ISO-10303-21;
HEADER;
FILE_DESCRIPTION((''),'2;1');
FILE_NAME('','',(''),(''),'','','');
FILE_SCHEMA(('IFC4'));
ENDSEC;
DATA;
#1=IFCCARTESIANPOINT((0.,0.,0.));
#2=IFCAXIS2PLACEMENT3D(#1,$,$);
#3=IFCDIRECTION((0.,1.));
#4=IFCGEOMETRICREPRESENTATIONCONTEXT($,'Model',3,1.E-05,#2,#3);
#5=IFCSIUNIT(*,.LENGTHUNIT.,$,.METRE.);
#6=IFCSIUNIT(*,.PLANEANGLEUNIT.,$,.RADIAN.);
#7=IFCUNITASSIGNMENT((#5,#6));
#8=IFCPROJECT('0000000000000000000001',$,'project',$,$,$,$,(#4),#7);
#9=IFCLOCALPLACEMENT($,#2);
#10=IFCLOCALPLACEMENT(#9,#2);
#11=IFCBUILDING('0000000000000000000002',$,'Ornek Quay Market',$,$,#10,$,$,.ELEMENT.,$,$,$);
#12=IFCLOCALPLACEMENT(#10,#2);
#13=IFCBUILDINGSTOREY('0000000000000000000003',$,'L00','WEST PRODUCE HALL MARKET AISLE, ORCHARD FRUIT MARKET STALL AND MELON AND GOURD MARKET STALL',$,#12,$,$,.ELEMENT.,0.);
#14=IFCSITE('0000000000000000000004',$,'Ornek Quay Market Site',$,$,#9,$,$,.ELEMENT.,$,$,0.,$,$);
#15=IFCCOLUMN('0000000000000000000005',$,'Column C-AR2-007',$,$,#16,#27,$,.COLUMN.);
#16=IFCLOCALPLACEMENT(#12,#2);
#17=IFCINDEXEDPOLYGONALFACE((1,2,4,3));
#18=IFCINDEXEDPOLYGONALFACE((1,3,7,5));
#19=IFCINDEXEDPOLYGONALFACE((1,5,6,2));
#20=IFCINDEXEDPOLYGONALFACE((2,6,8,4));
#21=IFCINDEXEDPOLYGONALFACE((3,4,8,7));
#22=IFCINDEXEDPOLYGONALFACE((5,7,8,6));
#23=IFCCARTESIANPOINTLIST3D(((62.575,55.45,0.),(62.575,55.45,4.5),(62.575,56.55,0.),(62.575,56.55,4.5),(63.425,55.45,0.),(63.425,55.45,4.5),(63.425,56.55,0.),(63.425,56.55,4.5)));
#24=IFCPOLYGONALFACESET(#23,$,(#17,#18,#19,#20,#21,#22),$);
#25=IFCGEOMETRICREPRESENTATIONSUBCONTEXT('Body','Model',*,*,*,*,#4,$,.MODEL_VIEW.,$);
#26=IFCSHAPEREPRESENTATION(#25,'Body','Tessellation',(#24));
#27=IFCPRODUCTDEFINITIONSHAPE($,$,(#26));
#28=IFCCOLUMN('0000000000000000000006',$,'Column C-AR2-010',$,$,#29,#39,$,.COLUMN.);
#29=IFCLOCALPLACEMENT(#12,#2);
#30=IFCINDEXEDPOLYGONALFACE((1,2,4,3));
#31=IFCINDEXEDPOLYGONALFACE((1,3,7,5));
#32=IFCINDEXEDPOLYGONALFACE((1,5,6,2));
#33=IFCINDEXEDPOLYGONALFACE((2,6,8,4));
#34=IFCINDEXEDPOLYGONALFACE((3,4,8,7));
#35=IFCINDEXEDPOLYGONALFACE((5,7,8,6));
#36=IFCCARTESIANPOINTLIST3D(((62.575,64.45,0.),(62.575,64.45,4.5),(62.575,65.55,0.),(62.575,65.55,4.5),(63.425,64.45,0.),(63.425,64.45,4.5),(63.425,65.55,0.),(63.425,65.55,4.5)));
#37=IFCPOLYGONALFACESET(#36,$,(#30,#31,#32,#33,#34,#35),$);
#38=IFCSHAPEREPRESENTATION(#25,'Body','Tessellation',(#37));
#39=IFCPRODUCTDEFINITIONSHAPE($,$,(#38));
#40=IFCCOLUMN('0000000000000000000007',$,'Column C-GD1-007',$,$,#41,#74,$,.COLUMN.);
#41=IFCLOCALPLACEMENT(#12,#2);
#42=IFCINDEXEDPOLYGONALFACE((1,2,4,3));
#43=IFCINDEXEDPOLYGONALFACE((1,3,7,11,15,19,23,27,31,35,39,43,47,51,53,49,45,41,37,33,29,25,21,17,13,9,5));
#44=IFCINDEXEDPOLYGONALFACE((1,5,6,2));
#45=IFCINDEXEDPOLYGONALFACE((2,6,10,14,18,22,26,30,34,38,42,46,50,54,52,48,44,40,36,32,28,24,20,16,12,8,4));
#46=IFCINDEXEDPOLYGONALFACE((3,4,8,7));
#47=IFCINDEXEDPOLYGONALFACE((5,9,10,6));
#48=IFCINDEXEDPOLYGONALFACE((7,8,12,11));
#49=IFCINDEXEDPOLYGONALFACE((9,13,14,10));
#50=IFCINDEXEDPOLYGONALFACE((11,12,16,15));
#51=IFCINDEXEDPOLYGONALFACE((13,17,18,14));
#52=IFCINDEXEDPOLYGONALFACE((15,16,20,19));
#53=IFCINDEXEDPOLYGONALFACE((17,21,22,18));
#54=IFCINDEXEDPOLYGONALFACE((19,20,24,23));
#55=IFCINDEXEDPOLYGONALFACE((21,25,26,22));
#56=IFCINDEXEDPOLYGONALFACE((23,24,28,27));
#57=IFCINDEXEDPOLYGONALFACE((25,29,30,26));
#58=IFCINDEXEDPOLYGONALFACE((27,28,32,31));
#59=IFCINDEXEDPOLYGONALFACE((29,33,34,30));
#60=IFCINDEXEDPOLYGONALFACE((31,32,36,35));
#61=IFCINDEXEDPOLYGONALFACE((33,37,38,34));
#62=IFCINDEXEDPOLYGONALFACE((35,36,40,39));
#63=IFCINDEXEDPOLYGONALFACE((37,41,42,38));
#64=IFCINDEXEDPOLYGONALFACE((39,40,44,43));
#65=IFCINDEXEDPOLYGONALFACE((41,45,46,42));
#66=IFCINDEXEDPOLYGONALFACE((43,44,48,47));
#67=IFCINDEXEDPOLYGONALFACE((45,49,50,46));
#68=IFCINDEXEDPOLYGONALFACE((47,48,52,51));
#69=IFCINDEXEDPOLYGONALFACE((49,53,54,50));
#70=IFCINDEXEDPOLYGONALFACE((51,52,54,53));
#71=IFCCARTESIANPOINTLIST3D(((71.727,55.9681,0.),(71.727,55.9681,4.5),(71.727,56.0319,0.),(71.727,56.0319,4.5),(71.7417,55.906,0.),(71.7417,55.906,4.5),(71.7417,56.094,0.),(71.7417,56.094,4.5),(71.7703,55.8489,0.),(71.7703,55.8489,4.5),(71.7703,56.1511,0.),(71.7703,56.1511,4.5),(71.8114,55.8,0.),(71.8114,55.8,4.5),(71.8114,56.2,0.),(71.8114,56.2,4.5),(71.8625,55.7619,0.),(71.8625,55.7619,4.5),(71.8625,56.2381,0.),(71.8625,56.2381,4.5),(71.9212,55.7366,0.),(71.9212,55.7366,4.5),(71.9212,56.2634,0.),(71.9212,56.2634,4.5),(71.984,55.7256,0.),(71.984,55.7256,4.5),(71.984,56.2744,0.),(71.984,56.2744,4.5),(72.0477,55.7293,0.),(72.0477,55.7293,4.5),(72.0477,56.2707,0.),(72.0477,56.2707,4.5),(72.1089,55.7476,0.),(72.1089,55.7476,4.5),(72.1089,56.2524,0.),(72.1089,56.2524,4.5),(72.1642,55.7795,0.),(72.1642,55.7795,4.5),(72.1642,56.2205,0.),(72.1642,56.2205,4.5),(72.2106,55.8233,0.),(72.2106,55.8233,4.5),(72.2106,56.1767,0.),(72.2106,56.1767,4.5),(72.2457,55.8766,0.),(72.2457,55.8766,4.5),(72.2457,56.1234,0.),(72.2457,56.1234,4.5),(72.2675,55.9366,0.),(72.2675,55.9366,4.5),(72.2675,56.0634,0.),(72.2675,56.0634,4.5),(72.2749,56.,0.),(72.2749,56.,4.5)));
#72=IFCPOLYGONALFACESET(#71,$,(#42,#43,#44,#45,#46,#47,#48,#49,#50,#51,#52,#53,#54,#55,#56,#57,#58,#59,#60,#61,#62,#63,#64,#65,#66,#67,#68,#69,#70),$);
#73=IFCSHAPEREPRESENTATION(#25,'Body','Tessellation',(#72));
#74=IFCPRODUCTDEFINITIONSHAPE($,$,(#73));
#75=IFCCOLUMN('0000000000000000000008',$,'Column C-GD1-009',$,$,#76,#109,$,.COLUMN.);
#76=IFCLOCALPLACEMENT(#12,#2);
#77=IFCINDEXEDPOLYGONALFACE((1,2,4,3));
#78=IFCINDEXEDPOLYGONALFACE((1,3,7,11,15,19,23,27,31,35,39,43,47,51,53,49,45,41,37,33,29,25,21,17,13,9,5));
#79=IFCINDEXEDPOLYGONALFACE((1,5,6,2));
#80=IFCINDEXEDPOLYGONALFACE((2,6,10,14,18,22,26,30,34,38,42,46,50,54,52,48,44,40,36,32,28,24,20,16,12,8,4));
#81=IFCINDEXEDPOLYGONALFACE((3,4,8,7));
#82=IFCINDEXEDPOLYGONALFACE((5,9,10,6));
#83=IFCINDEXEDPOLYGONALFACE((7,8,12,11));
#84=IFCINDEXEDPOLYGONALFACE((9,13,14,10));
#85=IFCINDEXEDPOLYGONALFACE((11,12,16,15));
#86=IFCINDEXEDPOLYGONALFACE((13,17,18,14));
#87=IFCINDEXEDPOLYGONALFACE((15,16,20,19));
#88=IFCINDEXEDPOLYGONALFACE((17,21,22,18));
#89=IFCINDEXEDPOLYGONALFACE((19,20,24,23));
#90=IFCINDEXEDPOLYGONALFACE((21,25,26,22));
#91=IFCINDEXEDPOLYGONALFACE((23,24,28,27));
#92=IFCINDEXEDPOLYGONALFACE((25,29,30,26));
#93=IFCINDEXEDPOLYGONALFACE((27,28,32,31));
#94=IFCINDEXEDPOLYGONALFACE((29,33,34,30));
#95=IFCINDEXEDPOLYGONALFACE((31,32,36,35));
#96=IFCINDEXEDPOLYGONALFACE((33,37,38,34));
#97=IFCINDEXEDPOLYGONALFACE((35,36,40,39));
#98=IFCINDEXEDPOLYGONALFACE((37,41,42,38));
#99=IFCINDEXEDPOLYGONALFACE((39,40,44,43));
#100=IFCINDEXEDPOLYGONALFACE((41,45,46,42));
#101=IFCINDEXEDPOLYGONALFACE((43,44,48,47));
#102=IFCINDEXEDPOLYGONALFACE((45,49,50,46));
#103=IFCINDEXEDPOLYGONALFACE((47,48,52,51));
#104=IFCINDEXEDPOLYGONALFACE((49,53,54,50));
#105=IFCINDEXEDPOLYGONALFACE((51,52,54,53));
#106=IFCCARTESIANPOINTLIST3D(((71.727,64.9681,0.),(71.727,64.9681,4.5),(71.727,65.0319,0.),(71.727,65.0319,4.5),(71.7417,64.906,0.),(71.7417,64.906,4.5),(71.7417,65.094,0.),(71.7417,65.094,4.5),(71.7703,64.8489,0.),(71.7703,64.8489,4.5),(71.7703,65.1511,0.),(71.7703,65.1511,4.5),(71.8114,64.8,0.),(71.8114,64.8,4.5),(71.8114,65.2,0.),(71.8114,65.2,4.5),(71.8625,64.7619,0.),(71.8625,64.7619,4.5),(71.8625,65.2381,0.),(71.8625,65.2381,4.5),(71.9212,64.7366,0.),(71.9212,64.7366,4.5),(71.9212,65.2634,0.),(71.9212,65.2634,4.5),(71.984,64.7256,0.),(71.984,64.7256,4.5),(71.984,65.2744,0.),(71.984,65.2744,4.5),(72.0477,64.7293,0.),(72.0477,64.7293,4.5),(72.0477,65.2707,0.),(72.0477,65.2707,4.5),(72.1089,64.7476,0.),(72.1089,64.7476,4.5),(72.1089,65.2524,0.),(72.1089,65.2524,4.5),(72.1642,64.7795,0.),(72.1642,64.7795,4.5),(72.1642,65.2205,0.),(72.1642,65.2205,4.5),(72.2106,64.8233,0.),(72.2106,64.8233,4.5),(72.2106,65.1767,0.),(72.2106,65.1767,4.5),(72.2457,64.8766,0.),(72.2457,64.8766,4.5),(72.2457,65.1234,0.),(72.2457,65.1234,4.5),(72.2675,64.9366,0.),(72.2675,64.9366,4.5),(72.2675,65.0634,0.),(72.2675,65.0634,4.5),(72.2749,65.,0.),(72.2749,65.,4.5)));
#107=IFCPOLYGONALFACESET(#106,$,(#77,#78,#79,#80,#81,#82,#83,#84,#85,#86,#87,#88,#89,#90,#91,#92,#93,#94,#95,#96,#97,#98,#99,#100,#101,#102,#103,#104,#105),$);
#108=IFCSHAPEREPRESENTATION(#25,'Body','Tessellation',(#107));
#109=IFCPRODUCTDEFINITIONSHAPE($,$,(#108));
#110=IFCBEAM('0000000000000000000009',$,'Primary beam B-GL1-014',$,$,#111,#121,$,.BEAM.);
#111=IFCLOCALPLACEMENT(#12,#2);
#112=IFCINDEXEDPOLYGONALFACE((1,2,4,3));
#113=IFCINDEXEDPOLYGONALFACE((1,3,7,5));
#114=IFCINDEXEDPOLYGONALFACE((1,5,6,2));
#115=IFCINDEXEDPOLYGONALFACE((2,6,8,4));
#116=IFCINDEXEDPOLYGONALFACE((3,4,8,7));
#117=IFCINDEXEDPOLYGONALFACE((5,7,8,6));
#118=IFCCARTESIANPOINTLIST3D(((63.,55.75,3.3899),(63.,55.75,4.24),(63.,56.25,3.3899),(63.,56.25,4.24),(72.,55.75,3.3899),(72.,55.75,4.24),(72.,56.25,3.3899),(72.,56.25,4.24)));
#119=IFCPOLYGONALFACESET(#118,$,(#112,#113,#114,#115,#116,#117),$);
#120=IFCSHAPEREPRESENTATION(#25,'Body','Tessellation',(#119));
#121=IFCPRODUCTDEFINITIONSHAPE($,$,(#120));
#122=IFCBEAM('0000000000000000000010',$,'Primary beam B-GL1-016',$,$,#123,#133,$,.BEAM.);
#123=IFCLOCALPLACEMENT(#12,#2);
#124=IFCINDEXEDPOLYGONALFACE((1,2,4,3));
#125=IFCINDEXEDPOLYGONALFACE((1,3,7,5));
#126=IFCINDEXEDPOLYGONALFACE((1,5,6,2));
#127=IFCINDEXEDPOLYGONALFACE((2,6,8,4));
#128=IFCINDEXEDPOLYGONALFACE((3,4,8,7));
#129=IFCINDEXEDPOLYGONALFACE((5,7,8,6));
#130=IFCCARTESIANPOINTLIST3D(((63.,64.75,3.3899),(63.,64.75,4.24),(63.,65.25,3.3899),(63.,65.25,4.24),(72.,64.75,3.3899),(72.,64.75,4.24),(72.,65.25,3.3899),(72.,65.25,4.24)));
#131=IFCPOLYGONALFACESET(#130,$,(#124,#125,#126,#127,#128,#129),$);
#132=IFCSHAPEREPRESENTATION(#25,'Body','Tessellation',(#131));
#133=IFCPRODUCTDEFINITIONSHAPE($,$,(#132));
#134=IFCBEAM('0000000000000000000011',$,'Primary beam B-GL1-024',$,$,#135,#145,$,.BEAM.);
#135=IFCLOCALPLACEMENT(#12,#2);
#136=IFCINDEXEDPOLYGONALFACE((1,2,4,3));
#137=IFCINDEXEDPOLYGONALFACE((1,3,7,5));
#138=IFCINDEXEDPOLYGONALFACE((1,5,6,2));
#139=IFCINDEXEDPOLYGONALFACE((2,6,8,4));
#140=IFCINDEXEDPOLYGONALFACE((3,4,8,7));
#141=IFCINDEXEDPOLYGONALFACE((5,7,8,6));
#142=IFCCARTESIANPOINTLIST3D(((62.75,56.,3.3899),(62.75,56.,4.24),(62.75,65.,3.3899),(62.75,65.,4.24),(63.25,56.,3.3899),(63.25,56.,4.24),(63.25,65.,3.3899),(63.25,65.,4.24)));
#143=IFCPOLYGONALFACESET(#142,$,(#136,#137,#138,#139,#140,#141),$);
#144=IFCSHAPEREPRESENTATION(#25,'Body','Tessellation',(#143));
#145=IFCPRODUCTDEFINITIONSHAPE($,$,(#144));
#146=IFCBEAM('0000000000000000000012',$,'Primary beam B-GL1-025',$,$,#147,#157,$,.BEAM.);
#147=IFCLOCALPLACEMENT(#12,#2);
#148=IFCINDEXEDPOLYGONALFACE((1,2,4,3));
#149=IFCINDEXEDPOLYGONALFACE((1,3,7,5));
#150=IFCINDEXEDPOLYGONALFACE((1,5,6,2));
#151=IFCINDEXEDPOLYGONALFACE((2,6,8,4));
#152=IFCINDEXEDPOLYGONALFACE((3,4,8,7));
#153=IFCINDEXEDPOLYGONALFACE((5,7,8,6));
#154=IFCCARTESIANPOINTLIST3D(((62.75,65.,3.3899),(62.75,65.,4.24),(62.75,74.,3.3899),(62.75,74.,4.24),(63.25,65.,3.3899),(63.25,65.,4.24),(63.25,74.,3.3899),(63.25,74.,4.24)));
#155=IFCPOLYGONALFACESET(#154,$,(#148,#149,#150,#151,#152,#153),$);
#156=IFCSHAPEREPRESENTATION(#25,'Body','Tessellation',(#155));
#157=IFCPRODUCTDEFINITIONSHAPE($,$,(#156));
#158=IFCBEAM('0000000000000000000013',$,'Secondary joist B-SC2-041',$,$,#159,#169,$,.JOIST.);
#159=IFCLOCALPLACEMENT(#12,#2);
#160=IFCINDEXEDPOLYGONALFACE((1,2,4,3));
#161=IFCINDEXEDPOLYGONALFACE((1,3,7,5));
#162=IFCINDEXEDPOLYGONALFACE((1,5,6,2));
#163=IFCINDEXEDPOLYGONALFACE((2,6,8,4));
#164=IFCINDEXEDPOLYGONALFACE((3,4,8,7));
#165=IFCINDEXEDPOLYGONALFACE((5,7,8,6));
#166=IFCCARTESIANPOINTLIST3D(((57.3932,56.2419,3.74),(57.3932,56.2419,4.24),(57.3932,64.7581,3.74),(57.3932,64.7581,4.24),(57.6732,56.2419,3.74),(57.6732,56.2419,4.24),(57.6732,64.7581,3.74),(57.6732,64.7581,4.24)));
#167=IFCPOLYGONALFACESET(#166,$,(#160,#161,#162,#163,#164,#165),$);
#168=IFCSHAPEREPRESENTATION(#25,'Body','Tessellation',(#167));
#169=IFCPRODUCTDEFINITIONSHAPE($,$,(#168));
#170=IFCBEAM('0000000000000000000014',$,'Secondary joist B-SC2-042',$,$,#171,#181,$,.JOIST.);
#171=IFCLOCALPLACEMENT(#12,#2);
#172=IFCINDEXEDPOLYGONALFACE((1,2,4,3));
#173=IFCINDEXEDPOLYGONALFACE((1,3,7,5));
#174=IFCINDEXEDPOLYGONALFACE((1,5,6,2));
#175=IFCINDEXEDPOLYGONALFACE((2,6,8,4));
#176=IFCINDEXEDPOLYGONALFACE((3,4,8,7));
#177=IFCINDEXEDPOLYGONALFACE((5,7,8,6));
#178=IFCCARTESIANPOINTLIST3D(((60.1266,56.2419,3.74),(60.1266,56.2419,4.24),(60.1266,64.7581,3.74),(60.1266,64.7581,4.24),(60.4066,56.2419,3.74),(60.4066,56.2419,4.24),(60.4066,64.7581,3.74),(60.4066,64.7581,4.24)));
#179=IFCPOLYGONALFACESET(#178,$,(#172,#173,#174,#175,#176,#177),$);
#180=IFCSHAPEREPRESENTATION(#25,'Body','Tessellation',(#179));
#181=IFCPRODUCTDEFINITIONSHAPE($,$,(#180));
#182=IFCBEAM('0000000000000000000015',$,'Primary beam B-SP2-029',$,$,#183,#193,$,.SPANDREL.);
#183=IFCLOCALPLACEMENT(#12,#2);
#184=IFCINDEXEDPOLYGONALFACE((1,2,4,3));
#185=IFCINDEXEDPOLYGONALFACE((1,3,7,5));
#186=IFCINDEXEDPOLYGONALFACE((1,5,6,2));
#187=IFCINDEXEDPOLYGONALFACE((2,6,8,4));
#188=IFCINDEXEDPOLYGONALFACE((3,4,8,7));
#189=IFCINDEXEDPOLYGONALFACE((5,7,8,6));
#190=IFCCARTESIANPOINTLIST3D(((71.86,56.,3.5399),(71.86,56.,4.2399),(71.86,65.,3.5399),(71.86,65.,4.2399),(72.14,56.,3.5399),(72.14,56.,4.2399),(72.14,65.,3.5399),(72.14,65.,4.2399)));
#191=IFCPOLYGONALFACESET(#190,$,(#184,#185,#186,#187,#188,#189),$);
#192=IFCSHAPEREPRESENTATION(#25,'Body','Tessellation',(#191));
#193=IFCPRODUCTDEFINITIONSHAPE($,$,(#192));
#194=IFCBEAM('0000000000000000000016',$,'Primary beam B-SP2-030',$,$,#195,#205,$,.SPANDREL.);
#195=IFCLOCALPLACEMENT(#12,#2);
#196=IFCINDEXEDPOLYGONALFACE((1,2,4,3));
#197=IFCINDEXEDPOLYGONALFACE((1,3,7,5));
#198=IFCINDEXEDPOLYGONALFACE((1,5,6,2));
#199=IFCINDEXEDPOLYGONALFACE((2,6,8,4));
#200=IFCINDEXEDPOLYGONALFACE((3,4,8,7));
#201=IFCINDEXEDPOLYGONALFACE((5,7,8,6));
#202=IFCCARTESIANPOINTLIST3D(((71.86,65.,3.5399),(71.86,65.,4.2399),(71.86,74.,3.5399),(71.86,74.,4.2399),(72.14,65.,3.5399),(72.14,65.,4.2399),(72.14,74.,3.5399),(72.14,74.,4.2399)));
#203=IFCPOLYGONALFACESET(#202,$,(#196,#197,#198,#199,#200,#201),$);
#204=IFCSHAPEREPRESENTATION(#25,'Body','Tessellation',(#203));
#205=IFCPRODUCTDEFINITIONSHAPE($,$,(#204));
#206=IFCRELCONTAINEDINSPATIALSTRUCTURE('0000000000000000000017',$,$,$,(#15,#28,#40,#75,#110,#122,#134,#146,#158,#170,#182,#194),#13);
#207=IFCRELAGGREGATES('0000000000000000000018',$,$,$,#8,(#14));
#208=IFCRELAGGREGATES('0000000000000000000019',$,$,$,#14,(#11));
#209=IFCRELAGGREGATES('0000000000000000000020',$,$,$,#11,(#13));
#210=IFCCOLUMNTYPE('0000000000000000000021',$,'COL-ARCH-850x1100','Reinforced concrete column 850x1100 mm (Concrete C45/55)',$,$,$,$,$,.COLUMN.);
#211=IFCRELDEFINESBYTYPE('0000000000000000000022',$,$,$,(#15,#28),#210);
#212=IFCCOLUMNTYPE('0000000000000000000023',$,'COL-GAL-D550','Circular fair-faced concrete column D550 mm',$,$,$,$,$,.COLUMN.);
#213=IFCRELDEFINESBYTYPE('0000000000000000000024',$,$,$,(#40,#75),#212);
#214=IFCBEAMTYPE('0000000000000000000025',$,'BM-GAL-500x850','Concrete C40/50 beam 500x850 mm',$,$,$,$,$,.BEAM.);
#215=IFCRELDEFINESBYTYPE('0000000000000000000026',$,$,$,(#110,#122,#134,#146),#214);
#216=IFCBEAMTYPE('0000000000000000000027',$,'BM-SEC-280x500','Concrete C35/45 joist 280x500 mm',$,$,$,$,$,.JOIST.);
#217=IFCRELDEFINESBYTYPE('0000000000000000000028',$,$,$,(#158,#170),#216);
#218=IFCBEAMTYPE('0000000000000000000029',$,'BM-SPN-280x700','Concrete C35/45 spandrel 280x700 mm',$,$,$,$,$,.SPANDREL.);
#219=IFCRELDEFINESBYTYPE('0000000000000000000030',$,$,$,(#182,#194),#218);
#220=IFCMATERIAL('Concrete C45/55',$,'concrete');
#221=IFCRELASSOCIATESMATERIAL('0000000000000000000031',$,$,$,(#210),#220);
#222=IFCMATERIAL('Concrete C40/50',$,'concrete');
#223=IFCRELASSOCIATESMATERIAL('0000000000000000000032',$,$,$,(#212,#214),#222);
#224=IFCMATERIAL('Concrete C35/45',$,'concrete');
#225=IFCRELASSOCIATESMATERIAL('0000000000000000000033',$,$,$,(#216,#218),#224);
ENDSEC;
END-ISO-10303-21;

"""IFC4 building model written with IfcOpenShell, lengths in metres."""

from ifc_helpers import new_model, si_unit, direction, frame, origin, origin_2d, place, context, subcontext, project, spatial, rectangle, circle, extrude, material, material_profile, profile_set, type_object, element, save


model = new_model("IFC4")

# Units and contexts
model_context = context("Model", 3, precision=1e-05, world=origin(), true_north=direction((0.0, 1.0)))
body_context = subcontext(model_context, "Body", "Model", "MODEL_VIEW")
ifc_project = project(units=[si_unit("LENGTHUNIT", "METRE"), si_unit("PLANEANGLEUNIT", "RADIAN")], contexts=[model_context])

# Site, building, storey
site_placement = place(None, origin())
site = spatial("IfcSite", under=ifc_project, at=site_placement, Name="Ornek Quay Market Site", CompositionType="ELEMENT", RefElevation=0.0)
building_placement = place(site_placement, origin())
building = spatial("IfcBuilding", under=site, at=building_placement, Name="Ornek Quay Market", CompositionType="ELEMENT")
storey_placement = place(building_placement, origin())
storey = spatial("IfcBuildingStorey", under=building, at=storey_placement, Name="L00", Description="WEST PRODUCE HALL MARKET AISLE, ORCHARD FRUIT MARKET STALL AND MELON AND GOURD MARKET STALL", CompositionType="ELEMENT", Elevation=0.0)

# Columns
ifc_material_1 = material(Name="Concrete C45/55", Category="concrete")
ifc_material_profile_1 = material_profile(ifc_material_1, rectangle(XDim=0.8501, YDim=1.1001, at=origin_2d()), Name="RC 850x1100", Category="concrete")
ifc_profile_set_1 = profile_set([ifc_material_profile_1], Name="Concrete C45/55")
column_type_1 = type_object("IfcColumnType", Name="COL-ARCH-850x1100", Description="Reinforced concrete column 850x1100 mm (Concrete C45/55)", PredefinedType="COLUMN", material=ifc_profile_set_1)
for number, where, z_axis, x_axis, name in (
    (1, (63.0, 56.0, 0.0), (0.0, 0.0, 1.0), (1.0, 0.0, 0.0), "Column C-AR2-007"),
    (2, (63.0, 65.0, 0.0), (0.0, 0.0, 1.0), (1.0, 0.0, 0.0), "Column C-AR2-010"),
):
    element("IfcColumn", number, at=place(storey_placement, frame(where, z_axis=z_axis, x_axis=x_axis)), inside=storey, type_object=column_type_1, Name=name, PredefinedType="COLUMN", context=body_context, shape_type="SweptSolid", body=[
        extrude(rectangle(XDim=0.8501, YDim=1.1001, at=origin_2d()), origin(), (0.0, 0.0, 1.0), 4.5),
    ])
ifc_material_2 = material(Name="Concrete C40/50", Category="concrete")
ifc_material_profile_2 = material_profile(ifc_material_2, circle(Radius=0.2749, at=origin_2d()), Name="RC D550", Category="concrete")
ifc_profile_set_2 = profile_set([ifc_material_profile_2], Name="Concrete C40/50")
column_type_2 = type_object("IfcColumnType", Name="COL-GAL-D550", Description="Circular fair-faced concrete column D550 mm", PredefinedType="COLUMN", material=ifc_profile_set_2)
for number, where, z_axis, x_axis, name in (
    (3, (72.0, 56.0, 0.0), (0.0, 0.0, 1.0), (1.0, 0.0, 0.0), "Column C-GD1-007"),
    (4, (72.0, 65.0, 0.0), (0.0, 0.0, 1.0), (1.0, 0.0, 0.0), "Column C-GD1-009"),
):
    element("IfcColumn", number, at=place(storey_placement, frame(where, z_axis=z_axis, x_axis=x_axis)), inside=storey, type_object=column_type_2, Name=name, PredefinedType="COLUMN", context=body_context, shape_type="SweptSolid", body=[
        extrude(circle(Radius=0.2749, at=origin_2d()), origin(), (0.0, 0.0, 1.0), 4.5),
    ])

# Beams
ifc_material_profile_3 = material_profile(ifc_material_2, rectangle(XDim=0.5, YDim=0.8501, at=origin_2d()), Name="RC 500x850", Category="concrete")
ifc_profile_set_3 = profile_set([ifc_material_profile_3], Name="Concrete C40/50")
beam_type_1 = type_object("IfcBeamType", Name="BM-GAL-500x850", Description="Concrete C40/50 beam 500x850 mm", PredefinedType="BEAM", material=ifc_profile_set_3)
for number, where, z_axis, x_axis, name in (
    (5, (63.0, 56.0, 3.8149), (1.0, 0.0, 0.0), (0.0, 1.0, 0.0), "Primary beam B-GL1-014"),
    (6, (63.0, 65.0, 3.8149), (1.0, 0.0, 0.0), (0.0, 1.0, 0.0), "Primary beam B-GL1-016"),
    (7, (63.0, 56.0, 3.8149), (0.0, 1.0, 0.0), (-1.0, 0.0, 0.0), "Primary beam B-GL1-024"),
    (8, (63.0, 65.0, 3.8149), (0.0, 1.0, 0.0), (-1.0, 0.0, 0.0), "Primary beam B-GL1-025"),
):
    element("IfcBeam", number, at=place(storey_placement, frame(where, z_axis=z_axis, x_axis=x_axis)), inside=storey, type_object=beam_type_1, Name=name, PredefinedType="BEAM", context=body_context, shape_type="SweptSolid", body=[
        extrude(rectangle(XDim=0.5, YDim=0.8501, at=origin_2d()), origin(), (0.0, 0.0, 1.0), 9.0),
    ])
ifc_material_3 = material(Name="Concrete C35/45", Category="concrete")
ifc_material_profile_4 = material_profile(ifc_material_3, rectangle(XDim=0.28, YDim=0.5, at=origin_2d()), Name="RC 280x500", Category="concrete")
ifc_profile_set_4 = profile_set([ifc_material_profile_4], Name="Concrete C35/45")
beam_type_2 = type_object("IfcBeamType", Name="BM-SEC-280x500", Description="Concrete C35/45 joist 280x500 mm", PredefinedType="JOIST", material=ifc_profile_set_4)
for number, where, z_axis, x_axis, name in (
    (9, (57.5332, 56.2419, 3.99), (0.0, 1.0, 0.0), (-1.0, 0.0, 0.0), "Secondary joist B-SC2-041"),
    (10, (60.2666, 56.2419, 3.99), (0.0, 1.0, 0.0), (-1.0, 0.0, 0.0), "Secondary joist B-SC2-042"),
):
    element("IfcBeam", number, at=place(storey_placement, frame(where, z_axis=z_axis, x_axis=x_axis)), inside=storey, type_object=beam_type_2, Name=name, PredefinedType="JOIST", context=body_context, shape_type="SweptSolid", body=[
        extrude(rectangle(XDim=0.28, YDim=0.5, at=origin_2d()), origin(), (0.0, 0.0, 1.0), 8.5161),
    ])
ifc_material_profile_5 = material_profile(ifc_material_3, rectangle(XDim=0.28, YDim=0.7, at=origin_2d()), Name="RC 280x700", Category="concrete")
ifc_profile_set_5 = profile_set([ifc_material_profile_5], Name="Concrete C35/45")
beam_type_3 = type_object("IfcBeamType", Name="BM-SPN-280x700", Description="Concrete C35/45 spandrel 280x700 mm", PredefinedType="SPANDREL", material=ifc_profile_set_5)
for number, where, z_axis, x_axis, name in (
    (11, (72.0, 56.0, 3.8899), (0.0, 1.0, 0.0), (-1.0, 0.0, 0.0), "Primary beam B-SP2-029"),
    (12, (72.0, 65.0, 3.8899), (0.0, 1.0, 0.0), (-1.0, 0.0, 0.0), "Primary beam B-SP2-030"),
):
    element("IfcBeam", number, at=place(storey_placement, frame(where, z_axis=z_axis, x_axis=x_axis)), inside=storey, type_object=beam_type_3, Name=name, PredefinedType="SPANDREL", context=body_context, shape_type="SweptSolid", body=[
        extrude(rectangle(XDim=0.28, YDim=0.7, at=origin_2d()), origin(), (0.0, 0.0, 1.0), 9.0),
    ])

save(model, "model.ifc")
